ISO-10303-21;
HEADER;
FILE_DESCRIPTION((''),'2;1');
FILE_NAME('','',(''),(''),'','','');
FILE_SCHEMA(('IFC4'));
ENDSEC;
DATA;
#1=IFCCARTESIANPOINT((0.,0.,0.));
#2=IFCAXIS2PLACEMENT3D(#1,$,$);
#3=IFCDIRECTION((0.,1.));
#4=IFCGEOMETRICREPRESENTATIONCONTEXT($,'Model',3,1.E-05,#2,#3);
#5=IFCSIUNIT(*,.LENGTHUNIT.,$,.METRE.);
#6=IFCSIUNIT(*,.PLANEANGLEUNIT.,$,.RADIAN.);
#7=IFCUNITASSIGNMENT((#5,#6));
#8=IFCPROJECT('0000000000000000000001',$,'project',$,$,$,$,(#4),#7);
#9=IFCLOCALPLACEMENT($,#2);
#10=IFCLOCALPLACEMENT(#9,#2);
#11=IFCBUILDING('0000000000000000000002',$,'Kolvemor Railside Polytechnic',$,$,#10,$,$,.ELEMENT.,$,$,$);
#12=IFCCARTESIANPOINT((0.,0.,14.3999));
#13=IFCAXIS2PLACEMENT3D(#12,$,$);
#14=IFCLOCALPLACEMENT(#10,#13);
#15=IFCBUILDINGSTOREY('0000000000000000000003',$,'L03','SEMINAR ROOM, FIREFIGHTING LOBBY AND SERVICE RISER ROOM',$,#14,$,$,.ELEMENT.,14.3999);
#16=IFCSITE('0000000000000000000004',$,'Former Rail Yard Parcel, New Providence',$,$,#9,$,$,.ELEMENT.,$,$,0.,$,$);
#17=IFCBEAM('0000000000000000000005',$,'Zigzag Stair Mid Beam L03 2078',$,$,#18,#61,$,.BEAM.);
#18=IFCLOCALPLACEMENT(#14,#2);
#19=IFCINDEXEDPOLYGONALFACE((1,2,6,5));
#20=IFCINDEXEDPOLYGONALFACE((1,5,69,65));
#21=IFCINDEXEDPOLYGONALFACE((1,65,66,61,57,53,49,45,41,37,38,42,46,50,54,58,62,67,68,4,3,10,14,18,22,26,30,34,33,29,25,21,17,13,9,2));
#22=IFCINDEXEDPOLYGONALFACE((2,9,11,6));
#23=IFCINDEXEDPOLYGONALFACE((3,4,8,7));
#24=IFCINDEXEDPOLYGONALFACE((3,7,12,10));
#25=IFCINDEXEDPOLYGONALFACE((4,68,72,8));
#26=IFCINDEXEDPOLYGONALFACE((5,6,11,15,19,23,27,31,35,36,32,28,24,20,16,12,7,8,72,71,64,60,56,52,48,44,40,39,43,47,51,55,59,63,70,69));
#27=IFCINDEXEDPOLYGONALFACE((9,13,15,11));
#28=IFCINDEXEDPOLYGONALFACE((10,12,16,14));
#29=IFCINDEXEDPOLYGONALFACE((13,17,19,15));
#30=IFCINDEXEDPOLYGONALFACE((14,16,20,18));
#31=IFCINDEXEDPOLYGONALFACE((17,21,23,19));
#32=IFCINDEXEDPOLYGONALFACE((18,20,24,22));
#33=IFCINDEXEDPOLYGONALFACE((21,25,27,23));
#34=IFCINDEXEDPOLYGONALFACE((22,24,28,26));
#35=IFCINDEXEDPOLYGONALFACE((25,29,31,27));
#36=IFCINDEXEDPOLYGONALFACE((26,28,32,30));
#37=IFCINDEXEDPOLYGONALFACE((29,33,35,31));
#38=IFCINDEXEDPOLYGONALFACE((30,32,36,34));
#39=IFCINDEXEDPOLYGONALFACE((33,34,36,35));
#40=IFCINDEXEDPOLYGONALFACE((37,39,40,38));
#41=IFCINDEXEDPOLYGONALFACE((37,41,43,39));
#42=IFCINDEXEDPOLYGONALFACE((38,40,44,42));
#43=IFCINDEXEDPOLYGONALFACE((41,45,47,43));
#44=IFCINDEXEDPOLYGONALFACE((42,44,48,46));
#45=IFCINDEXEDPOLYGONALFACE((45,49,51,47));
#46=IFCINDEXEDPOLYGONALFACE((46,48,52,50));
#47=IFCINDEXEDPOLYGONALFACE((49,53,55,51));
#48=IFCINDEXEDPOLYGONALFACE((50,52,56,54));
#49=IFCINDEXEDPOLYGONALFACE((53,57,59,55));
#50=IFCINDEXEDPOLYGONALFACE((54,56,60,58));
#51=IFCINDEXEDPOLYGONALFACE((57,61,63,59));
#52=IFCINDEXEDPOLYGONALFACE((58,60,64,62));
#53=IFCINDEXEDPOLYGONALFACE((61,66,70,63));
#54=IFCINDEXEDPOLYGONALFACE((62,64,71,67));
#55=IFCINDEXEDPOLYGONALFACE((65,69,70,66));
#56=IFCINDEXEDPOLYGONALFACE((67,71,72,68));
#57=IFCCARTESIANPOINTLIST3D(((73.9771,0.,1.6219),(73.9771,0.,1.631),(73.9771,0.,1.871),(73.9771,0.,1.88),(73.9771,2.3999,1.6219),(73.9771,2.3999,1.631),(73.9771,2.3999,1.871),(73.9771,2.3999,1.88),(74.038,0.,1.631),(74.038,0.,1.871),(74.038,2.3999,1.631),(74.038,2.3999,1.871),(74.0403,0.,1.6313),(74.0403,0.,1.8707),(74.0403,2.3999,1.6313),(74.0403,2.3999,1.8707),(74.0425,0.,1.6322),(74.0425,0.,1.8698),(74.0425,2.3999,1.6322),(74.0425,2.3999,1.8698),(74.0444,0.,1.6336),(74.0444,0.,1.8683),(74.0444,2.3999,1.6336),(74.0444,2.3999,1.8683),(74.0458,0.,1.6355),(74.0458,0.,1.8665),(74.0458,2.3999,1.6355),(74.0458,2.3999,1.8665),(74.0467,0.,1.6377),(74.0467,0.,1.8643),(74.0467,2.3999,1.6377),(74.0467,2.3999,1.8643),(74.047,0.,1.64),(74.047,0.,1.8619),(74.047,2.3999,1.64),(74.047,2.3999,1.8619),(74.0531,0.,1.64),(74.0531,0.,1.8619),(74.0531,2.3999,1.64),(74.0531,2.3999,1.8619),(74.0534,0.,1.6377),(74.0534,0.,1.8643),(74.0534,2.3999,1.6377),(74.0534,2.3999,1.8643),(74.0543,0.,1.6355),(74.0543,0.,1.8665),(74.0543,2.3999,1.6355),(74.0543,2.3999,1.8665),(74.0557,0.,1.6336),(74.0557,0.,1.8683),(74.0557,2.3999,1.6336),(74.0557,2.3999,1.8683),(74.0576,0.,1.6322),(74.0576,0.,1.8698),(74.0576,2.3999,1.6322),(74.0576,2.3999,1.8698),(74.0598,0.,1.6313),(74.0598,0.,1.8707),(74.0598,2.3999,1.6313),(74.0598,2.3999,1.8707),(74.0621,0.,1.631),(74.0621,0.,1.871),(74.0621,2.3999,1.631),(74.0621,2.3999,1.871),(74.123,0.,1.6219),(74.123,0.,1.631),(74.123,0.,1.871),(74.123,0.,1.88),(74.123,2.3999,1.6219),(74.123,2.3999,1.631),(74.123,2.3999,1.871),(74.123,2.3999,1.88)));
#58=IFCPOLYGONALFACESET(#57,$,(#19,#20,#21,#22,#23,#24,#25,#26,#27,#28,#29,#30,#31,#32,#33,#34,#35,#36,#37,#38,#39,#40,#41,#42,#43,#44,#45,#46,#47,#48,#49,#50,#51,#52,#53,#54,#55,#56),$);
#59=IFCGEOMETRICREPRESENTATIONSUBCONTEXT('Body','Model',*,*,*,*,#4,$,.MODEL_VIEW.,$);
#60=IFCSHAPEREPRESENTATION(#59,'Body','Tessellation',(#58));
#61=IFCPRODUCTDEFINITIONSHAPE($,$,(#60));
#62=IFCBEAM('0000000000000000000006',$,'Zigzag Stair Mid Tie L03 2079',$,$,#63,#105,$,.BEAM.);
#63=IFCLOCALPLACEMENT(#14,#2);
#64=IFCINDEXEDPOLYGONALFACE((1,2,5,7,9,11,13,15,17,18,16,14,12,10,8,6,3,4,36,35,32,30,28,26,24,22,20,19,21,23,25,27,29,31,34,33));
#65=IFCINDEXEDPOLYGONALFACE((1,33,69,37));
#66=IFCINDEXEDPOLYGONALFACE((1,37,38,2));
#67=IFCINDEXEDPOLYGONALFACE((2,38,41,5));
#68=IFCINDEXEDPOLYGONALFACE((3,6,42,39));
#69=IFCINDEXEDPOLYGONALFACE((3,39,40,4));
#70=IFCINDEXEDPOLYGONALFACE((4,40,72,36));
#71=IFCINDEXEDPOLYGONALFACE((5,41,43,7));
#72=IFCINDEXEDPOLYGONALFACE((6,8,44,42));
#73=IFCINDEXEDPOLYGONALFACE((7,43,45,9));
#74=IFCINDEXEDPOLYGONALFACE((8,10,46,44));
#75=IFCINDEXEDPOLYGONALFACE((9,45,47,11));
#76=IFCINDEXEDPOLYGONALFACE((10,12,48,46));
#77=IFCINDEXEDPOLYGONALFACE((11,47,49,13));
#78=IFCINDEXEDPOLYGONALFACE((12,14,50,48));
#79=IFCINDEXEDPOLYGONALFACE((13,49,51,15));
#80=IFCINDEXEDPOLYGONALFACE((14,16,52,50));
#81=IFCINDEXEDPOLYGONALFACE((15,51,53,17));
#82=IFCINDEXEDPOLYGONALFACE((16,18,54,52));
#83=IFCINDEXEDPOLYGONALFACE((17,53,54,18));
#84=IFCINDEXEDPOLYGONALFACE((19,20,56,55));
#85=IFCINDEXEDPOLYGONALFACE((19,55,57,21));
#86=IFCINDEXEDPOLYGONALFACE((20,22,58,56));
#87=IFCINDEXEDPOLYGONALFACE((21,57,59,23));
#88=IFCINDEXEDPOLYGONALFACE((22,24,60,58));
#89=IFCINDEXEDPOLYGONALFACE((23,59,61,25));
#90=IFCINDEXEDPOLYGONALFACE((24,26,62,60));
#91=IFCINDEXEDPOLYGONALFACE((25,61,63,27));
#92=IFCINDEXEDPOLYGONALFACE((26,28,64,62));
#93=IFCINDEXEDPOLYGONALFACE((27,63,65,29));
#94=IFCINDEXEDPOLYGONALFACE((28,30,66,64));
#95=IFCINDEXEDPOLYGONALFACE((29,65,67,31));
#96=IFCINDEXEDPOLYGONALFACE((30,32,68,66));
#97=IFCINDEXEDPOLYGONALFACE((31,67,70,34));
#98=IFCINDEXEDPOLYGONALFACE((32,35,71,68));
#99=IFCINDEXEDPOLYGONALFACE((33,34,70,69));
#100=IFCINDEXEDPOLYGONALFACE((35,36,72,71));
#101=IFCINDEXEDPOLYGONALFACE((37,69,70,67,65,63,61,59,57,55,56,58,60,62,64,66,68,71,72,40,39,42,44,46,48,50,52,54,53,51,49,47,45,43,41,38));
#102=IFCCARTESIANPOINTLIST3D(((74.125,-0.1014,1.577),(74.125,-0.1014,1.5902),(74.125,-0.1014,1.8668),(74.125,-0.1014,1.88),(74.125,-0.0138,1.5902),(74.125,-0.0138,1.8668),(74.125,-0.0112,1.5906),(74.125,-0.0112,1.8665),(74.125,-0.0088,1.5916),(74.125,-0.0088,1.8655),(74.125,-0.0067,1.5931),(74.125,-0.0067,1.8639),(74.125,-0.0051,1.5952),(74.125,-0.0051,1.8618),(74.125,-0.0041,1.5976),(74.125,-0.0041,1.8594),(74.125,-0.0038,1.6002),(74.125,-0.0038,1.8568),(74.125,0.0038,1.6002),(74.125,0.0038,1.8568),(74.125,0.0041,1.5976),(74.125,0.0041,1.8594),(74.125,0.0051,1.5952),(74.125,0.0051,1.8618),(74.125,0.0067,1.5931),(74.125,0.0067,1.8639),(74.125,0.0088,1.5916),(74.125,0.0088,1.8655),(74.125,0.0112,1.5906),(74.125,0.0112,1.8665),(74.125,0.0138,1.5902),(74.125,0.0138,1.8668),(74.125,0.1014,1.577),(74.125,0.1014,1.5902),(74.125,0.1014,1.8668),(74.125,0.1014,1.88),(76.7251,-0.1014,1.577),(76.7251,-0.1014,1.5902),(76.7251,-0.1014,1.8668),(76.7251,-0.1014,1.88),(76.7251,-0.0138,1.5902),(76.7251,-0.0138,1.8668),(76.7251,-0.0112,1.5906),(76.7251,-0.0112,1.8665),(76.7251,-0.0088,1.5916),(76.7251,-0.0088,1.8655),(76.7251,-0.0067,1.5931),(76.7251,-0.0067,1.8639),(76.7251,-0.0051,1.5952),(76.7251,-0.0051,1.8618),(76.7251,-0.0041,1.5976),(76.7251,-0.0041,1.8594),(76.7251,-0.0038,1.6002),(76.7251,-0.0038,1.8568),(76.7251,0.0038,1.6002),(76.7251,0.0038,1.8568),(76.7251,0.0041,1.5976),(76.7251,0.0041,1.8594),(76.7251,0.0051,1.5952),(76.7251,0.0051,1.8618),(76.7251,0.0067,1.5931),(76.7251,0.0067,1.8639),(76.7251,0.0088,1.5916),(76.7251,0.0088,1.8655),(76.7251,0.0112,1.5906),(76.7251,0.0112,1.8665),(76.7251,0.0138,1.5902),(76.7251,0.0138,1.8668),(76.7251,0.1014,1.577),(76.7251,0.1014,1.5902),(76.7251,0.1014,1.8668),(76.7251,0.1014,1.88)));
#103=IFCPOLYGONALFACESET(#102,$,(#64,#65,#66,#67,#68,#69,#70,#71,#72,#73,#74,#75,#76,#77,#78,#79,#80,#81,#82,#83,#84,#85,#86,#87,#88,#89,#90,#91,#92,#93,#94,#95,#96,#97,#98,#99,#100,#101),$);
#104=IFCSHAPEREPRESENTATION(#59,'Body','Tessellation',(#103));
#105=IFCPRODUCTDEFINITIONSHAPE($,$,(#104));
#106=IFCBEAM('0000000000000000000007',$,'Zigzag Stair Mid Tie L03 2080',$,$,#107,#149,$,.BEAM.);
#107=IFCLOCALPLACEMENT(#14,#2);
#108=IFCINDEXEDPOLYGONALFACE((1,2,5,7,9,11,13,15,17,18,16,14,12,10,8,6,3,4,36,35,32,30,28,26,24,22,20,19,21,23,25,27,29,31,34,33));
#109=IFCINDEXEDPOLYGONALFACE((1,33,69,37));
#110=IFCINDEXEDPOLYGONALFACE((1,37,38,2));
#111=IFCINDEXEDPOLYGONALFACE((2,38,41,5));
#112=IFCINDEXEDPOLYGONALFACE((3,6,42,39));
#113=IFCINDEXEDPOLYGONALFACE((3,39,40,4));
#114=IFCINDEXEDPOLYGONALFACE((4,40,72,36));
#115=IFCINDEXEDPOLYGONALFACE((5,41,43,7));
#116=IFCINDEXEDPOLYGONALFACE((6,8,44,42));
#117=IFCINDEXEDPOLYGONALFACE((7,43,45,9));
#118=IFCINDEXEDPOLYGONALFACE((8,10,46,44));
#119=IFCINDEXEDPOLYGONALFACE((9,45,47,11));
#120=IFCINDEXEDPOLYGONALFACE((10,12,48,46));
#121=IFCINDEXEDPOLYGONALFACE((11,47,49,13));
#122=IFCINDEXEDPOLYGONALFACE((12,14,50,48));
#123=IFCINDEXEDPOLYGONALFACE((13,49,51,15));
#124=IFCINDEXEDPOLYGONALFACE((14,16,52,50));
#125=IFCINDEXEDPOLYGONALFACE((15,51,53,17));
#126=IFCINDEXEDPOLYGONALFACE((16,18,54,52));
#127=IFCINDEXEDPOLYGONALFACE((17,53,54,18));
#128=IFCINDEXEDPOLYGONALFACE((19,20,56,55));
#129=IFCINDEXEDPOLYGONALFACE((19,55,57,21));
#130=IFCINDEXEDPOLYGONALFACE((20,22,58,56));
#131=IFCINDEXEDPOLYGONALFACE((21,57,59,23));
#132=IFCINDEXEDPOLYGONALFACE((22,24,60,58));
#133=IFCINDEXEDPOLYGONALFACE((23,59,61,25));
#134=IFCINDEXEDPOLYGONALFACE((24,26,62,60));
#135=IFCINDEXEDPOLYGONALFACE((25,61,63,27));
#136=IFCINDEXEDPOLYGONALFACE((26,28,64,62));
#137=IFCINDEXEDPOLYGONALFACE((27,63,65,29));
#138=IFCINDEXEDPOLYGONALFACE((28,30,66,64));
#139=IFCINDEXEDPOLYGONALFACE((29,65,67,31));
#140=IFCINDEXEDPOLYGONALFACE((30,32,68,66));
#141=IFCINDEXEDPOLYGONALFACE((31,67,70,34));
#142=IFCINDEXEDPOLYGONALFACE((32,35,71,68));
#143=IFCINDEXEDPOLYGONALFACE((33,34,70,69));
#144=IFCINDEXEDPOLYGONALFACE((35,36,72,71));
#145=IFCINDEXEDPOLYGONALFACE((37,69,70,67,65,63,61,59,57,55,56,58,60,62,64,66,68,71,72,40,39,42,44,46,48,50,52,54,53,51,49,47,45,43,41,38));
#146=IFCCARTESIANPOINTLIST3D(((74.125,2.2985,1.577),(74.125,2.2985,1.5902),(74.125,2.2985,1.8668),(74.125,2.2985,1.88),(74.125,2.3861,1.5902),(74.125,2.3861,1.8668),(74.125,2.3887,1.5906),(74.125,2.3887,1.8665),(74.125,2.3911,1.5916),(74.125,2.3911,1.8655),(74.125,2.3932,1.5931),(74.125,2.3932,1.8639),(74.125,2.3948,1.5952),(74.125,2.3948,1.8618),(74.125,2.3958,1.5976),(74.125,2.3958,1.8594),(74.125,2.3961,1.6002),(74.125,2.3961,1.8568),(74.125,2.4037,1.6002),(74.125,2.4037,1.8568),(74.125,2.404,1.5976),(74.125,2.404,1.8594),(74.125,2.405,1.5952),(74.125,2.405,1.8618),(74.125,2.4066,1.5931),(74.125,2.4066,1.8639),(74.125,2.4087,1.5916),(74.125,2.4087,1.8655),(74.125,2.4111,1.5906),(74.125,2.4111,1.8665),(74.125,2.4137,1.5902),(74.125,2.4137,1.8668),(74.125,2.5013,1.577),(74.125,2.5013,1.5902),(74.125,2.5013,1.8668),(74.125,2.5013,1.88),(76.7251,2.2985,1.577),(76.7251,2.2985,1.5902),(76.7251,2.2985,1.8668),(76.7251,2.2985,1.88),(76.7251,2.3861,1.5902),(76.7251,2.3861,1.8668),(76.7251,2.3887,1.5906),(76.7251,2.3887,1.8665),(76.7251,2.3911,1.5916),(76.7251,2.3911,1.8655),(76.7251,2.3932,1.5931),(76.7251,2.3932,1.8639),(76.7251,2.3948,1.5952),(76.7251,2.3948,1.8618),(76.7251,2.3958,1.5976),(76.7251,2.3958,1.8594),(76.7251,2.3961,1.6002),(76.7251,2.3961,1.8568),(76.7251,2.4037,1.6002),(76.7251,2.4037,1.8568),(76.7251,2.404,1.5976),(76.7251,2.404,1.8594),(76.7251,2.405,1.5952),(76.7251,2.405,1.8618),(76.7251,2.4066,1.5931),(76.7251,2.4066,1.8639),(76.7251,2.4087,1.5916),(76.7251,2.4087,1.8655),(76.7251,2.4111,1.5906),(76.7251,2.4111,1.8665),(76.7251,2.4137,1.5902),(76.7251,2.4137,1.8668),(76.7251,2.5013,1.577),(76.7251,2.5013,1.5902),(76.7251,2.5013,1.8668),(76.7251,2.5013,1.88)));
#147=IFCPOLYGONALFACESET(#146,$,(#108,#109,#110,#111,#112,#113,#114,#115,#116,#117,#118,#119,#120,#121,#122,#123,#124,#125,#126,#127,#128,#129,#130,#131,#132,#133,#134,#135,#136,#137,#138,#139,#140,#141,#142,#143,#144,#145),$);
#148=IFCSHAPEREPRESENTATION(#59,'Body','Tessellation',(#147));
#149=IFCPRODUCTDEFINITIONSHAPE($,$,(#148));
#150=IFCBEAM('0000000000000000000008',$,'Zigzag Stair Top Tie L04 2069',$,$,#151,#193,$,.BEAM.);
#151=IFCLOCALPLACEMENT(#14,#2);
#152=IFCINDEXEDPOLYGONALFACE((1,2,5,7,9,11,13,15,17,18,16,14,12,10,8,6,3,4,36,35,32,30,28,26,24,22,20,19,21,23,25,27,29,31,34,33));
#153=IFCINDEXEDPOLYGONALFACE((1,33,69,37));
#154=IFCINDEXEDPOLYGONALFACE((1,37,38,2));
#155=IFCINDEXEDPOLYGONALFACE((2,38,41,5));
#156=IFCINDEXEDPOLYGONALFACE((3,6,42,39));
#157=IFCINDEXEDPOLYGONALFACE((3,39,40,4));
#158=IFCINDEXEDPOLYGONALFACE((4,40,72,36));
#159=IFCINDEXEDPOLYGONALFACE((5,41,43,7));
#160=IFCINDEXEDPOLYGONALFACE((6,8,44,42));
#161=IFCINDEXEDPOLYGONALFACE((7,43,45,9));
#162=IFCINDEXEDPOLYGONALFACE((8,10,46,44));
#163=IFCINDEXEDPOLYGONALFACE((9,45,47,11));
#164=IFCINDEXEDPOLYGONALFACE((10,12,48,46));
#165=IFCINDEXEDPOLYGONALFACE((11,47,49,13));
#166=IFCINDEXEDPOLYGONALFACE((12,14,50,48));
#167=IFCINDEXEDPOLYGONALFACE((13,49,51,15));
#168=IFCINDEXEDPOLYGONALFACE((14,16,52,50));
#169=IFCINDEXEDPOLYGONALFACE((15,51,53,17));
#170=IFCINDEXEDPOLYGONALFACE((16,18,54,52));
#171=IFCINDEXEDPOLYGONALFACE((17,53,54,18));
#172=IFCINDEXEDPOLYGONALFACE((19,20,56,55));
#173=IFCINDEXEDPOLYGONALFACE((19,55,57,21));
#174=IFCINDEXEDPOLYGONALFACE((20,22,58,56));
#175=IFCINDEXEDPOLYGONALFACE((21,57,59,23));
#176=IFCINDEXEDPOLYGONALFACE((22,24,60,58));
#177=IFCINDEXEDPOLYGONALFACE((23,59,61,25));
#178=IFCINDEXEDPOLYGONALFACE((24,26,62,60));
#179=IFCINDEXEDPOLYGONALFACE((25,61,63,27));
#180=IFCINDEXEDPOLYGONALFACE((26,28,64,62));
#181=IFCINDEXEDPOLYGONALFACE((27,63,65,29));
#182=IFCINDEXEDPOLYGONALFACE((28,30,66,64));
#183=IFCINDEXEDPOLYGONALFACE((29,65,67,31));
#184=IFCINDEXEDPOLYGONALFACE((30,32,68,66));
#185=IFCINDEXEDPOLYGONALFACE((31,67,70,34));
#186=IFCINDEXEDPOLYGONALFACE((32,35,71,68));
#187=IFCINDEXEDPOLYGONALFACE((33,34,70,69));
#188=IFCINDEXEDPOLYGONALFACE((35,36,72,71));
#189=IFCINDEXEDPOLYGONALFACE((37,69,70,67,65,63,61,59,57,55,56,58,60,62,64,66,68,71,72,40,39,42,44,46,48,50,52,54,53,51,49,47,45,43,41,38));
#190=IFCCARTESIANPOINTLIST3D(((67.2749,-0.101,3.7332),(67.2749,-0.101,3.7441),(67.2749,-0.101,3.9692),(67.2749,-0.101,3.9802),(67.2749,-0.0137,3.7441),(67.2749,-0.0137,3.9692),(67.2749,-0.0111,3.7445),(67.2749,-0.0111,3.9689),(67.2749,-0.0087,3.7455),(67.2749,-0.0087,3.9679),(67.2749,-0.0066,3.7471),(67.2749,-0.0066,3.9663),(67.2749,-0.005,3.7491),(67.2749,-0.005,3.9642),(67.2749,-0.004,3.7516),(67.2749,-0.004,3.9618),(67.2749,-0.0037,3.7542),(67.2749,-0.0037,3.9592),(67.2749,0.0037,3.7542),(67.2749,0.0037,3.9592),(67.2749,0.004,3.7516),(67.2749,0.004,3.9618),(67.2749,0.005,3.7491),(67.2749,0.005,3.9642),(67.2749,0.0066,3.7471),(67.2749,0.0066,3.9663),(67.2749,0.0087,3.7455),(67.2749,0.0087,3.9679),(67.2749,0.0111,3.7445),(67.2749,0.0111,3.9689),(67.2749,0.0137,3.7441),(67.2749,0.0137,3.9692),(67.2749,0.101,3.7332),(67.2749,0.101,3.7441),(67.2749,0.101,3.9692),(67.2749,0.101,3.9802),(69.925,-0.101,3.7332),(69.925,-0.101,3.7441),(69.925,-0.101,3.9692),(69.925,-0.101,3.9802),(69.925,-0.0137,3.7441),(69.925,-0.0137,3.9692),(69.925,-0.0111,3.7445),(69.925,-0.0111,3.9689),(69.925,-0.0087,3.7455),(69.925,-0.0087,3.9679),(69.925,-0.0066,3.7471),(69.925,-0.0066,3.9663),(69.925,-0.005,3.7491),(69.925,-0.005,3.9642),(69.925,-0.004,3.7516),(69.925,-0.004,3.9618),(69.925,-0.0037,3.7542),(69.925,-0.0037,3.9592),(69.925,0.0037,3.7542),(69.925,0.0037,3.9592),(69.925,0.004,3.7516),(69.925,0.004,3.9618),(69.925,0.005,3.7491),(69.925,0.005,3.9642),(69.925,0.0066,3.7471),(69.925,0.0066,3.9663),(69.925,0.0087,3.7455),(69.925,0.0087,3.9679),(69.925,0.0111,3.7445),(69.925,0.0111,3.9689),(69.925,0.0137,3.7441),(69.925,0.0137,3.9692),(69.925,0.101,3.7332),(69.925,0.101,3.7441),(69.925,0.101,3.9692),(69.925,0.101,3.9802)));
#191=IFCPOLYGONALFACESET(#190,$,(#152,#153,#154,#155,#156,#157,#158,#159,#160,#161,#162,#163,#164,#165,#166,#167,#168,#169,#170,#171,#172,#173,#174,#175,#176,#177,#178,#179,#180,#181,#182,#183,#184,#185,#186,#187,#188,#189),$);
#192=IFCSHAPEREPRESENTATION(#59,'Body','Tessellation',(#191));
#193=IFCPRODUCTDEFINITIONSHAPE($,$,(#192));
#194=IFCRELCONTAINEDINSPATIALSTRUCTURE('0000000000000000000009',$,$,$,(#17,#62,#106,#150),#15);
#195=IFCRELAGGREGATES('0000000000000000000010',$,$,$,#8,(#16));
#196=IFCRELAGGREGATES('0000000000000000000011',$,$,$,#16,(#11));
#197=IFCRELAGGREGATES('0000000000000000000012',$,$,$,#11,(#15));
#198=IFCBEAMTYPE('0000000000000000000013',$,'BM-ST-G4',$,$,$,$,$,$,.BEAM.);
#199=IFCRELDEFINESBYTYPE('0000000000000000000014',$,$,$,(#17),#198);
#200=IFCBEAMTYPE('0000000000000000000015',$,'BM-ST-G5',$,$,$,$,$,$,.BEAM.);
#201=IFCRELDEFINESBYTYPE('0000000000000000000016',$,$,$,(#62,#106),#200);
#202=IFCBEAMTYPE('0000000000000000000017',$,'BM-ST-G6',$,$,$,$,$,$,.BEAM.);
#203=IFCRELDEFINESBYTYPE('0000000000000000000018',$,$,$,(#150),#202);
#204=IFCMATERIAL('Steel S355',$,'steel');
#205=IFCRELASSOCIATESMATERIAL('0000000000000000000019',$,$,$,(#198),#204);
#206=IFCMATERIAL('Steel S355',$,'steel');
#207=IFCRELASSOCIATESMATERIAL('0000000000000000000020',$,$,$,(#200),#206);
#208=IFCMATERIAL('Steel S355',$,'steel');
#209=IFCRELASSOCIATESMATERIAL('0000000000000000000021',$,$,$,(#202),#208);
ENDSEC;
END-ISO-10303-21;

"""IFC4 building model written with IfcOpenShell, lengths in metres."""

from ifc_helpers import new_model, si_unit, direction, frame, origin, origin_2d, place, context, subcontext, project, spatial, i_section, extrude, material, material_profile, profile_set, type_object, element, save


model = new_model("IFC4")

# Units and contexts
model_context = context("Model", 3, precision=1e-05, world=origin(), true_north=direction((0.0, 1.0)))
body_context = subcontext(model_context, "Body", "Model", "MODEL_VIEW")
ifc_project = project(units=[si_unit("LENGTHUNIT", "METRE"), si_unit("PLANEANGLEUNIT", "RADIAN")], contexts=[model_context])

# Site, building, storey
site_placement = place(None, origin())
site = spatial("IfcSite", under=ifc_project, at=site_placement, Name="Former Rail Yard Parcel, New Providence", CompositionType="ELEMENT", RefElevation=0.0)
building_placement = place(site_placement, origin())
building = spatial("IfcBuilding", under=site, at=building_placement, Name="Kolvemor Railside Polytechnic", CompositionType="ELEMENT")
storey_placement = place(building_placement, frame((0.0, 0.0, 14.3999)))
storey = spatial("IfcBuildingStorey", under=building, at=storey_placement, Name="L03", Description="SEMINAR ROOM, FIREFIGHTING LOBBY AND SERVICE RISER ROOM", CompositionType="ELEMENT", Elevation=14.3999)

# Beams
ifc_material_1 = material(Name="Steel S355", Category="steel")
ifc_material_profile_1 = material_profile(ifc_material_1, i_section(OverallWidth=0.146, OverallDepth=0.2581, WebThickness=0.0061, FlangeThickness=0.009, FilletRadius=0.009, at=origin_2d()), Name="W250x33")
ifc_profile_set_1 = profile_set([ifc_material_profile_1], Name="Steel S355")
beam_type_1 = type_object("IfcBeamType", Name="BM-ST-G4", PredefinedType="BEAM", material=ifc_profile_set_1)
beam_1_placement = place(storey_placement, frame((74.05, 0.0, 1.751), z_axis=(0.0, 1.0, 0.0), x_axis=(-1.0, 0.0, 0.0)))
element("IfcBeam", 1, at=beam_1_placement, inside=storey, type_object=beam_type_1, Name="Zigzag Stair Mid Beam L03 2078", PredefinedType="BEAM", context=body_context, shape_type="SweptSolid", body=[
    extrude(i_section(OverallWidth=0.146, OverallDepth=0.2581, WebThickness=0.0061, FlangeThickness=0.009, FilletRadius=0.009, at=origin_2d()), origin(), (0.0, 0.0, 1.0), 2.3999),
])
ifc_material_2 = material(Name="Steel S355", Category="steel")
ifc_material_profile_2 = material_profile(ifc_material_2, i_section(OverallWidth=0.2029, OverallDepth=0.303, WebThickness=0.0076, FlangeThickness=0.0132, FilletRadius=0.01, at=origin_2d()), Name="W310x60")
ifc_profile_set_2 = profile_set([ifc_material_profile_2], Name="Steel S355")
beam_type_2 = type_object("IfcBeamType", Name="BM-ST-G5", PredefinedType="BEAM", material=ifc_profile_set_2)
for number, where, z_axis, x_axis, name in (
    (2, (74.125, 0.0, 1.7285), (1.0, 0.0, 0.0), (0.0, 1.0, 0.0), "Zigzag Stair Mid Tie L03 2079"),
    (3, (74.125, 2.3999, 1.7285), (1.0, 0.0, 0.0), (0.0, 1.0, 0.0), "Zigzag Stair Mid Tie L03 2080"),
):
    element("IfcBeam", number, at=place(storey_placement, frame(where, z_axis=z_axis, x_axis=x_axis)), inside=storey, type_object=beam_type_2, Name=name, PredefinedType="BEAM", context=body_context, shape_type="SweptSolid", body=[
        extrude(i_section(OverallWidth=0.2029, OverallDepth=0.303, WebThickness=0.0076, FlangeThickness=0.0132, FilletRadius=0.01, at=origin_2d()), origin(), (0.0, 0.0, 1.0), 2.6001),
    ])
ifc_material_3 = material(Name="Steel S355", Category="steel")
ifc_material_profile_3 = material_profile(ifc_material_3, i_section(OverallWidth=0.2019, OverallDepth=0.2471, WebThickness=0.0073, FlangeThickness=0.011, FilletRadius=0.01, at=origin_2d()), Name="W250x49")
ifc_profile_set_3 = profile_set([ifc_material_profile_3], Name="Steel S355")
beam_type_3 = type_object("IfcBeamType", Name="BM-ST-G6", PredefinedType="BEAM", material=ifc_profile_set_3)
for number, where, z_axis, x_axis, name in (
    (4, (67.2749, 0.0, 3.8567), (1.0, 0.0, 0.0), (0.0, 1.0, 0.0), "Zigzag Stair Top Tie L04 2069"),
):
    element("IfcBeam", number, at=place(storey_placement, frame(where, z_axis=z_axis, x_axis=x_axis)), inside=storey, type_object=beam_type_3, Name=name, PredefinedType="BEAM", context=body_context, shape_type="SweptSolid", body=[
        extrude(i_section(OverallWidth=0.2019, OverallDepth=0.2471, WebThickness=0.0073, FlangeThickness=0.011, FilletRadius=0.01, at=origin_2d()), origin(), (0.0, 0.0, 1.0), 2.6501),
    ])

save(model, "model.ifc")
